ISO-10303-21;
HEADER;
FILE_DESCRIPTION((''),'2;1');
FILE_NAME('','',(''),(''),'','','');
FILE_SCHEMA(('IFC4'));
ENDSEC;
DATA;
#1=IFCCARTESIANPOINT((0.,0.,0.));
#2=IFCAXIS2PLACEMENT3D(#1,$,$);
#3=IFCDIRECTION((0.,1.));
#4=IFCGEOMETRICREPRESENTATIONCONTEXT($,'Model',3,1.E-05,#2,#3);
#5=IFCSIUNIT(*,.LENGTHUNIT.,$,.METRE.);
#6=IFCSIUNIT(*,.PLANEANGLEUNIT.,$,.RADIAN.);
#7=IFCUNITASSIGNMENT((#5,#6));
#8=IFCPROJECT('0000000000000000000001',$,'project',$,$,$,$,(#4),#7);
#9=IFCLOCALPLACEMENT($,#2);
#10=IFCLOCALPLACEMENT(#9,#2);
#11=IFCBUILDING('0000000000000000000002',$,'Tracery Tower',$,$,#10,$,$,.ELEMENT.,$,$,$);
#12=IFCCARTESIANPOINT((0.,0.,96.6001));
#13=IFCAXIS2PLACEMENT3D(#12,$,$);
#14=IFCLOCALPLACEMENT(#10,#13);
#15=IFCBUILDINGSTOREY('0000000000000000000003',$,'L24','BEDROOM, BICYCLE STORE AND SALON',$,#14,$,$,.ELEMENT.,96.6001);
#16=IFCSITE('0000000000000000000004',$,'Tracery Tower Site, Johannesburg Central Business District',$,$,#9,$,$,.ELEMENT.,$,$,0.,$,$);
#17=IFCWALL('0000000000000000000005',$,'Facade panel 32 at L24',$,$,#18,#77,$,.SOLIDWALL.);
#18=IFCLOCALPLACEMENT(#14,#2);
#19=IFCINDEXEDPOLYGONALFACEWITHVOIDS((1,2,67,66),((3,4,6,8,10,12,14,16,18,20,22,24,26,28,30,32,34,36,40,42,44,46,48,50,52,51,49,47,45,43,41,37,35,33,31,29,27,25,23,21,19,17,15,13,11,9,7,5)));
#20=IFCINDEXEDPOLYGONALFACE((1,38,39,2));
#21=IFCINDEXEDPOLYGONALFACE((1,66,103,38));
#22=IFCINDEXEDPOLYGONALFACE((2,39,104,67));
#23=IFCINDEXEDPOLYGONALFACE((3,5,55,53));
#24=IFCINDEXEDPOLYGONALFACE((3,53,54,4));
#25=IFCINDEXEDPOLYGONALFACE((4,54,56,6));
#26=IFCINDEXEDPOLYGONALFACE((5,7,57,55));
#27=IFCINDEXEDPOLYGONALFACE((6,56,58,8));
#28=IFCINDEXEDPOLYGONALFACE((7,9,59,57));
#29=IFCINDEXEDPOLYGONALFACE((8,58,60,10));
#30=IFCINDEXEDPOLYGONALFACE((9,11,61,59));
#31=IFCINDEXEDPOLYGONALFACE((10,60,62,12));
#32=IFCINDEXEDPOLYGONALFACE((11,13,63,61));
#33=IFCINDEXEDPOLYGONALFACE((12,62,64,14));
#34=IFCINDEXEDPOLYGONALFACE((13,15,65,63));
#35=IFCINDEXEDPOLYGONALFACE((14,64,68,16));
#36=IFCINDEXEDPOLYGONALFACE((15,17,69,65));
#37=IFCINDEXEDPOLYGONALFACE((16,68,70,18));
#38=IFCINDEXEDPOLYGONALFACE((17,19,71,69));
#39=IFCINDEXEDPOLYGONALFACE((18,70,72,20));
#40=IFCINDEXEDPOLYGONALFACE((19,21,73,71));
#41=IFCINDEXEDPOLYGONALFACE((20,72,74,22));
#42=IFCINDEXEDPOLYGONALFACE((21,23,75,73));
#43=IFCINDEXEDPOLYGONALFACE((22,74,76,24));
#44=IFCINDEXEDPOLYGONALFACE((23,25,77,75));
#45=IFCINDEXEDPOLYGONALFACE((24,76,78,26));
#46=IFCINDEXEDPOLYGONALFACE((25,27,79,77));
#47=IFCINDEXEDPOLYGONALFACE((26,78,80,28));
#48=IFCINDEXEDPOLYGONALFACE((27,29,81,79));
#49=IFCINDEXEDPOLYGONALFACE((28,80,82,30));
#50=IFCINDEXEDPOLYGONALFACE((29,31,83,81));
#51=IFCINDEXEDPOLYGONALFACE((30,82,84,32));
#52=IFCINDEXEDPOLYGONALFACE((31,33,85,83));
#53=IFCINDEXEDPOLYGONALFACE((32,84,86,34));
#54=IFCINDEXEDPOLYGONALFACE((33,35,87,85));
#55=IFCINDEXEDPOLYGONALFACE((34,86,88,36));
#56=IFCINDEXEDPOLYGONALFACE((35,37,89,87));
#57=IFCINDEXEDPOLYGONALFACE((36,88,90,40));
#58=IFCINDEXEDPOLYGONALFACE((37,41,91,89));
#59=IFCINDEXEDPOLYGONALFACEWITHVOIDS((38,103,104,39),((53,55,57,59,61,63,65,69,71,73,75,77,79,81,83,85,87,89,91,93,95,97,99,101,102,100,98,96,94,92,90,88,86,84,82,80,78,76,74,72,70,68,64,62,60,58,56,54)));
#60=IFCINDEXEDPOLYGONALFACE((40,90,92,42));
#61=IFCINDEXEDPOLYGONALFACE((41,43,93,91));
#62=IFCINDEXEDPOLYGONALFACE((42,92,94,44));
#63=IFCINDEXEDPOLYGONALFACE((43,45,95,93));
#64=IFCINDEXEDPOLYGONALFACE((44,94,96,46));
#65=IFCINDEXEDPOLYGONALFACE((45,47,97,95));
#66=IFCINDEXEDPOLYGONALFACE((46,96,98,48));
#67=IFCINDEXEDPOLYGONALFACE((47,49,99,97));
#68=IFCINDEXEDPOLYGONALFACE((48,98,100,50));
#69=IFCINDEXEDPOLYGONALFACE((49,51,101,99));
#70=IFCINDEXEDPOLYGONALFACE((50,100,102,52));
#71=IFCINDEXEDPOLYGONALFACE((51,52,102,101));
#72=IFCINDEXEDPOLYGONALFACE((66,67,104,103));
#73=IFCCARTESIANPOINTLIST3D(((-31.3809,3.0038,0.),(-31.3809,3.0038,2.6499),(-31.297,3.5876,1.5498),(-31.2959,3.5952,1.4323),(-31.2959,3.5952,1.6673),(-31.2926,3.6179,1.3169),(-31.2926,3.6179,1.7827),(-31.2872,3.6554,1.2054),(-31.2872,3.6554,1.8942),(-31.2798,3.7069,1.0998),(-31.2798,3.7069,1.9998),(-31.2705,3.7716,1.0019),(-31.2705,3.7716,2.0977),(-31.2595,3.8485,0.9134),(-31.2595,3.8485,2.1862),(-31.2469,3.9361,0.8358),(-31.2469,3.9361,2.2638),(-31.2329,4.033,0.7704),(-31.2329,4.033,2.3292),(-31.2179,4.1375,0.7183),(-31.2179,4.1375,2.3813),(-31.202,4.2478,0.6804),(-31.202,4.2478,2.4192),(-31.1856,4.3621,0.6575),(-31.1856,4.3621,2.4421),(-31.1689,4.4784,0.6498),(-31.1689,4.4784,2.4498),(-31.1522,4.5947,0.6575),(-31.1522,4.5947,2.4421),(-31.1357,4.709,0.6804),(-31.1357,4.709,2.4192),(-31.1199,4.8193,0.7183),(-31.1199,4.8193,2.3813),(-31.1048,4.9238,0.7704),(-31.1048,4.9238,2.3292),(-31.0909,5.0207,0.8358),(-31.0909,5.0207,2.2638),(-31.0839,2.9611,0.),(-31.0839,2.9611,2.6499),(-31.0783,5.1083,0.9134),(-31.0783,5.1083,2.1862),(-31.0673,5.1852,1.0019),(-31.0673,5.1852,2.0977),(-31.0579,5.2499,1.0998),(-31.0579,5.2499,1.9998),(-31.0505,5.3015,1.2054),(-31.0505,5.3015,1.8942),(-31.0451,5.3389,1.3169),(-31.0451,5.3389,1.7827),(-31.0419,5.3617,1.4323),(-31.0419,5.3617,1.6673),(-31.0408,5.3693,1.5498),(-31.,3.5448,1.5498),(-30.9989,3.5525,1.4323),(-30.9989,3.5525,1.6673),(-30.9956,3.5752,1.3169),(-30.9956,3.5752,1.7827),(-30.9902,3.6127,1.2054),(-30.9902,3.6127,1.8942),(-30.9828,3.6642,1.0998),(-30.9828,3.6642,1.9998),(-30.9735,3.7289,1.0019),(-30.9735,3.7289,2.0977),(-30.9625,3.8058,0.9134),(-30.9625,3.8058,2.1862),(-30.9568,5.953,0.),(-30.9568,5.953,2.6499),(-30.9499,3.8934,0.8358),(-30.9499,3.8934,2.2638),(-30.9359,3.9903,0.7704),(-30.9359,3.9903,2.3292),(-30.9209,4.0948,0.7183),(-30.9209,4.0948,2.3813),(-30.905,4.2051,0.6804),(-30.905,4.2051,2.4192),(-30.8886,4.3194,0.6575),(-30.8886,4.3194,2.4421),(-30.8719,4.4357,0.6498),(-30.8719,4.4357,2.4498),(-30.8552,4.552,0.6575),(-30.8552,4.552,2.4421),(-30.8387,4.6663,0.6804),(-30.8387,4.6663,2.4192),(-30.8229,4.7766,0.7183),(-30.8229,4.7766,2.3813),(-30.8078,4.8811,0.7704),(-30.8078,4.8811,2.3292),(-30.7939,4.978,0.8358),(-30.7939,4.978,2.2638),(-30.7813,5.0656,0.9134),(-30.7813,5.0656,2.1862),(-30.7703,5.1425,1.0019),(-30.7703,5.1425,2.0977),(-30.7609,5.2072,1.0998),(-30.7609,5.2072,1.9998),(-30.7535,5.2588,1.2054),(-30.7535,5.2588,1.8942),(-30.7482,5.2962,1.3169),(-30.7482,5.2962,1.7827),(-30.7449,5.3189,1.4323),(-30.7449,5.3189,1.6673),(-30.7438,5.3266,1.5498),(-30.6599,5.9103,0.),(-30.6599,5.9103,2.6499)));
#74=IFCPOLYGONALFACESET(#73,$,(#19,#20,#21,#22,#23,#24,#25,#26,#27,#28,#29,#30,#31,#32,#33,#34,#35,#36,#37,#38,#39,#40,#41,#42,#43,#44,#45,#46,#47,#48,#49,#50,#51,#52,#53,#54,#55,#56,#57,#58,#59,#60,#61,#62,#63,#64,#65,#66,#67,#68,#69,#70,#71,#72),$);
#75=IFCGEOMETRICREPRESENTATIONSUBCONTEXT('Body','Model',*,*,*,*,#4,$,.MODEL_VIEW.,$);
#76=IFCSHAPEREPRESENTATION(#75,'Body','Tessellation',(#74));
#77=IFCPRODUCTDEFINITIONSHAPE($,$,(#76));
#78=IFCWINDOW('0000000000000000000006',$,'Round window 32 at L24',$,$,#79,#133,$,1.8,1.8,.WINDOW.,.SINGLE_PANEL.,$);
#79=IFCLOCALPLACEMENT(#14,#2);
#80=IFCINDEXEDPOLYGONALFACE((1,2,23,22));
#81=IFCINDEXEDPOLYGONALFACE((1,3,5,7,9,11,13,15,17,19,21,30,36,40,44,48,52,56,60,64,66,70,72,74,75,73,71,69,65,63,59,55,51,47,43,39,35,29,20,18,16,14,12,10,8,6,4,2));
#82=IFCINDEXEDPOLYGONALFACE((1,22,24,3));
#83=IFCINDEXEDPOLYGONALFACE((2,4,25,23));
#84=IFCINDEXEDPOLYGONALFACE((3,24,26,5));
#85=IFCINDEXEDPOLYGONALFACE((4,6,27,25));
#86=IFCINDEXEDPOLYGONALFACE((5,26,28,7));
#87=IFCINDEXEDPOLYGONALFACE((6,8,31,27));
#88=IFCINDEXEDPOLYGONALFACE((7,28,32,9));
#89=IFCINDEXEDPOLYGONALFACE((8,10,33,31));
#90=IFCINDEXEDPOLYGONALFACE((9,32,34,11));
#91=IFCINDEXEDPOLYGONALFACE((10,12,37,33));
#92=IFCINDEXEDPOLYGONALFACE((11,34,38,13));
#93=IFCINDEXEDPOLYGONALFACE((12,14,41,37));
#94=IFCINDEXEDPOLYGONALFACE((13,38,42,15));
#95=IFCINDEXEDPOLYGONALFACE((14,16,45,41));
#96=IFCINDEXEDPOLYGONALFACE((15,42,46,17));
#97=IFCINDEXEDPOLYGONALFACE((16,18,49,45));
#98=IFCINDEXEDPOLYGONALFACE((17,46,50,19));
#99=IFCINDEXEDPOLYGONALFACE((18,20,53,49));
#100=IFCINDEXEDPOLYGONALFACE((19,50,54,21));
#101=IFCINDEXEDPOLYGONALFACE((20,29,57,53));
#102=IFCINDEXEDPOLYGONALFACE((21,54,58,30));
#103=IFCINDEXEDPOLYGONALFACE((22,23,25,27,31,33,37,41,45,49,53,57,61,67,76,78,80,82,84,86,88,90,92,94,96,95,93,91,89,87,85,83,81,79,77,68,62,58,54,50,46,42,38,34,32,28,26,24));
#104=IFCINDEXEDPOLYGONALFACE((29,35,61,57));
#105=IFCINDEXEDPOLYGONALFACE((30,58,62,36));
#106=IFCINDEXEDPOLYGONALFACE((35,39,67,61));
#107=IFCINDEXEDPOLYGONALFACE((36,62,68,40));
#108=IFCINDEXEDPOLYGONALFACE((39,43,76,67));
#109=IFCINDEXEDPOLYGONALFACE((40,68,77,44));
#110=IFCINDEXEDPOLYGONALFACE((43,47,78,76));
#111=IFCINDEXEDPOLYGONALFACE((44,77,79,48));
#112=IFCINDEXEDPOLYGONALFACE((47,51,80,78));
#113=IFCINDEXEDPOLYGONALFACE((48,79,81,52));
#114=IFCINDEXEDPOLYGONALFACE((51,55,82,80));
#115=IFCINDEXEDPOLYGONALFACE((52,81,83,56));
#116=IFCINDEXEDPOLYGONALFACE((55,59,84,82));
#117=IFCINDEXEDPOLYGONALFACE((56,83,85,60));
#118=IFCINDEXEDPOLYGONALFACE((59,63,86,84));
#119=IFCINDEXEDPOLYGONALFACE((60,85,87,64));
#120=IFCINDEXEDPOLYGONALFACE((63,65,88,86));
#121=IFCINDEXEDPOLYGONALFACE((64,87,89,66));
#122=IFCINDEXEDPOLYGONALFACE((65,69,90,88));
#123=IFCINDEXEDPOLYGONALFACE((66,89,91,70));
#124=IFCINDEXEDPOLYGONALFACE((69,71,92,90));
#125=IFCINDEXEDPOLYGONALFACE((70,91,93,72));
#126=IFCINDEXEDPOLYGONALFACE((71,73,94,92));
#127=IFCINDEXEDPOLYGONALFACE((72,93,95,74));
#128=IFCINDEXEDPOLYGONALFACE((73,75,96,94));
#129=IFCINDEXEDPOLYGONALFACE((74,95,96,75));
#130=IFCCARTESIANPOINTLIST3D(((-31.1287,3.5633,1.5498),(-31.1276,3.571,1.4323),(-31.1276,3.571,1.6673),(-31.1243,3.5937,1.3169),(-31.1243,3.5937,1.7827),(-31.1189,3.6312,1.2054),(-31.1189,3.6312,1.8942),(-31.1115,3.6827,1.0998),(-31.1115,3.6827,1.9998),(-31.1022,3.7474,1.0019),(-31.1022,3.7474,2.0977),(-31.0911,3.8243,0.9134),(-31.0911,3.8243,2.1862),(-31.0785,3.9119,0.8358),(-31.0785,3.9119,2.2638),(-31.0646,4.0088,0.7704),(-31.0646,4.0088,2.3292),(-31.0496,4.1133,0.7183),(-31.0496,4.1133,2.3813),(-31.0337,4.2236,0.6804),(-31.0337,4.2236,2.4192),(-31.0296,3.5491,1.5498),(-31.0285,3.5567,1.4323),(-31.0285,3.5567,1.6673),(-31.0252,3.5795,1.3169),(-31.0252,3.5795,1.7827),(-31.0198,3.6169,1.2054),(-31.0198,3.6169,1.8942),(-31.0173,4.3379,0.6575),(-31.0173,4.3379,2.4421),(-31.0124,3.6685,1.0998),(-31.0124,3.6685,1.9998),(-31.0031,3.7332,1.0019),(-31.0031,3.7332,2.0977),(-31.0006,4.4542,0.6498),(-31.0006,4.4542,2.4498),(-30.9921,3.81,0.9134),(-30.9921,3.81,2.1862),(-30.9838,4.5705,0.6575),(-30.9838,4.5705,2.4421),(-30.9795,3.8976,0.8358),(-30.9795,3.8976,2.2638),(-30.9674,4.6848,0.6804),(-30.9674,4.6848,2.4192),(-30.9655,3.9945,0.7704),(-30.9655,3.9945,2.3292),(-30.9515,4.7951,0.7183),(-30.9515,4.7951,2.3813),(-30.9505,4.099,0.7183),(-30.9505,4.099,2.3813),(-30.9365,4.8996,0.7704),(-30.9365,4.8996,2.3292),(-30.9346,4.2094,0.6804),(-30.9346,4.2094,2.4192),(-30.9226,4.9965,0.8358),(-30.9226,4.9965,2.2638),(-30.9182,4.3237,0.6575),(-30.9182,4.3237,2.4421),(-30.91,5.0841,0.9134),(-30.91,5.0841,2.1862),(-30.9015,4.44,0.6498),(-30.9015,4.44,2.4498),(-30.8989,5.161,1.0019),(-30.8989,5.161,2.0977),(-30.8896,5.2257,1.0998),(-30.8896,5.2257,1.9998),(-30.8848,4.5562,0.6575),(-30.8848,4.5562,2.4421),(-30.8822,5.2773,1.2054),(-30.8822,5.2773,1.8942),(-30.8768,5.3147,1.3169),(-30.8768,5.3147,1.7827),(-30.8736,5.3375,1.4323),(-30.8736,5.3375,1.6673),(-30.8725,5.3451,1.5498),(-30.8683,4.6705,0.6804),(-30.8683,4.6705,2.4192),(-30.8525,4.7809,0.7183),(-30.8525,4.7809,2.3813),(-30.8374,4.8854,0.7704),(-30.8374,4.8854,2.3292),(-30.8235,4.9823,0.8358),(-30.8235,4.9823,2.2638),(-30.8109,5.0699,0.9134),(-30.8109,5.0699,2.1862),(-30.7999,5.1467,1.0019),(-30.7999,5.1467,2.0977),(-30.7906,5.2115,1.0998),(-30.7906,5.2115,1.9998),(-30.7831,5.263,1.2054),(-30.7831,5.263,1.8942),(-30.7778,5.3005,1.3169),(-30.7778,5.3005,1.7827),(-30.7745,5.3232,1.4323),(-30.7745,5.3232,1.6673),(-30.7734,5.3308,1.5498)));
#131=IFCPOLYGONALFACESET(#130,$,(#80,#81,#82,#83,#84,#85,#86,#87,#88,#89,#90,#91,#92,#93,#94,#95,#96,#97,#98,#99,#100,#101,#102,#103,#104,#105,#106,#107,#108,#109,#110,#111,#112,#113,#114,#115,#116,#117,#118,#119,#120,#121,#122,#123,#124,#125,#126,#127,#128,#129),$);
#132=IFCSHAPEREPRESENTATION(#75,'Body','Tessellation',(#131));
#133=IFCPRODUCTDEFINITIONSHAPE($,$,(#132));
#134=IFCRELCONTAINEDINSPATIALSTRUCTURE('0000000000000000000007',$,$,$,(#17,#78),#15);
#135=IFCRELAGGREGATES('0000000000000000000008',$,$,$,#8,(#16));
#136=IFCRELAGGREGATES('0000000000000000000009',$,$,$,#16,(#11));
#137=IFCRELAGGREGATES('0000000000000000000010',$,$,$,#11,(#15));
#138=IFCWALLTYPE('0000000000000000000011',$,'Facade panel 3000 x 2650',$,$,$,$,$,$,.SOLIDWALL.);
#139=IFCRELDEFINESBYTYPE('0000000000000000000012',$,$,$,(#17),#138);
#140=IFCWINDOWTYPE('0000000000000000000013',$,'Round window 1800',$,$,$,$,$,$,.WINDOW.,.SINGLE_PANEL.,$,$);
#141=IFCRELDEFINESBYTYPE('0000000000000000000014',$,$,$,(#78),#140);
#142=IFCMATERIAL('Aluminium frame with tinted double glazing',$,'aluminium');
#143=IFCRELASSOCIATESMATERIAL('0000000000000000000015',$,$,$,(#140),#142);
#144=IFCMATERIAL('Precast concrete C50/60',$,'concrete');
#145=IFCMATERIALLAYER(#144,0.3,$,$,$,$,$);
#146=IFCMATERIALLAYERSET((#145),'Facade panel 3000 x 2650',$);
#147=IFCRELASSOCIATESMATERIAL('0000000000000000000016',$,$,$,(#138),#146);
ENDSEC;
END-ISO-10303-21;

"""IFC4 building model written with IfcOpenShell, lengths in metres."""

from ifc_helpers import new_model, si_unit, direction, frame, frame_2d, origin, origin_2d, place, context, subcontext, project, spatial, rectangle, circle, extrude, material, layer, layer_set, type_object, element, fill, save


model = new_model("IFC4")

# Units and contexts
model_context = context("Model", 3, precision=1e-05, world=origin(), true_north=direction((0.0, 1.0)))
body_context = subcontext(model_context, "Body", "Model", "MODEL_VIEW")
ifc_project = project(units=[si_unit("LENGTHUNIT", "METRE"), si_unit("PLANEANGLEUNIT", "RADIAN")], contexts=[model_context])

# Site, building, storey
site_placement = place(None, origin())
site = spatial("IfcSite", under=ifc_project, at=site_placement, Name="Tracery Tower Site, Johannesburg Central Business District", CompositionType="ELEMENT", RefElevation=0.0)
building_placement = place(site_placement, origin())
building = spatial("IfcBuilding", under=site, at=building_placement, Name="Tracery Tower", CompositionType="ELEMENT")
storey_placement = place(building_placement, frame((0.0, 0.0, 96.6001)))
storey = spatial("IfcBuildingStorey", under=building, at=storey_placement, Name="L24", Description="BEDROOM, BICYCLE STORE AND SALON", CompositionType="ELEMENT", Elevation=96.6001)

# Wall, opening, window
ifc_material_1 = material(Name="Aluminium frame with tinted double glazing", Category="aluminium")
window_type = type_object("IfcWindowType", Name="Round window 1800", PartitioningType="SINGLE_PANEL", PredefinedType="WINDOW", material=ifc_material_1)
ifc_material_2 = material(Name="Precast concrete C50/60", Category="concrete")
ifc_layer_1 = layer(ifc_material_2, 0.3)
ifc_layer_set_1 = layer_set([ifc_layer_1], Name="Facade panel 3000 x 2650")
wall_type_1 = type_object("IfcWallType", Name="Facade panel 3000 x 2650", PredefinedType="SOLIDWALL", material=ifc_layer_set_1)
wall_1_placement = place(storey_placement, frame((-30.8083, 5.9316, 0.0), z_axis=(0.0, 0.0, 1.0), x_axis=(-0.142328, -0.98982, 0.0)))
wall_1 = element("IfcWall", 1, at=wall_1_placement, inside=storey, type_object=wall_type_1, Name="Facade panel 32 at L24", PredefinedType="SOLIDWALL", context=body_context, shape_type="SweptSolid", body=[
    extrude(rectangle(XDim=2.9795, YDim=0.3, at=frame_2d((1.4897, 0.0))), origin(), (0.0, 0.0, 1.0), 2.6499),
])
opening_1_placement = place(wall_1_placement, frame((1.4897, 0.0, 1.5498)))
opening_1 = element("IfcOpeningElement", 2, at=opening_1_placement, cuts=wall_1, PredefinedType="OPENING", context=body_context, shape_type="SweptSolid", body=[
    extrude(circle(Radius=0.9, at=origin_2d()), frame((0.0, 0.1599, 0.0), z_axis=(0.0, -1.0, 0.0), x_axis=(1.0, 0.0, 0.0)), (0.0, 0.0, 1.0), 0.3201),
])
window_1_placement = place(opening_1_placement, origin())
window_1 = element("IfcWindow", 3, at=window_1_placement, inside=storey, type_object=window_type, Name="Round window 32 at L24", OverallHeight=1.8, OverallWidth=1.8, PartitioningType="SINGLE_PANEL", PredefinedType="WINDOW", context=body_context, shape_type="SweptSolid", body=[
    extrude(circle(Radius=0.9, at=origin_2d()), frame((0.0, 0.1201, 0.0), z_axis=(0.0, -1.0, 0.0), x_axis=(1.0, 0.0, 0.0)), (0.0, 0.0, 1.0), 0.1001),
])
fill(opening_1, window_1)

save(model, "model.ifc")
